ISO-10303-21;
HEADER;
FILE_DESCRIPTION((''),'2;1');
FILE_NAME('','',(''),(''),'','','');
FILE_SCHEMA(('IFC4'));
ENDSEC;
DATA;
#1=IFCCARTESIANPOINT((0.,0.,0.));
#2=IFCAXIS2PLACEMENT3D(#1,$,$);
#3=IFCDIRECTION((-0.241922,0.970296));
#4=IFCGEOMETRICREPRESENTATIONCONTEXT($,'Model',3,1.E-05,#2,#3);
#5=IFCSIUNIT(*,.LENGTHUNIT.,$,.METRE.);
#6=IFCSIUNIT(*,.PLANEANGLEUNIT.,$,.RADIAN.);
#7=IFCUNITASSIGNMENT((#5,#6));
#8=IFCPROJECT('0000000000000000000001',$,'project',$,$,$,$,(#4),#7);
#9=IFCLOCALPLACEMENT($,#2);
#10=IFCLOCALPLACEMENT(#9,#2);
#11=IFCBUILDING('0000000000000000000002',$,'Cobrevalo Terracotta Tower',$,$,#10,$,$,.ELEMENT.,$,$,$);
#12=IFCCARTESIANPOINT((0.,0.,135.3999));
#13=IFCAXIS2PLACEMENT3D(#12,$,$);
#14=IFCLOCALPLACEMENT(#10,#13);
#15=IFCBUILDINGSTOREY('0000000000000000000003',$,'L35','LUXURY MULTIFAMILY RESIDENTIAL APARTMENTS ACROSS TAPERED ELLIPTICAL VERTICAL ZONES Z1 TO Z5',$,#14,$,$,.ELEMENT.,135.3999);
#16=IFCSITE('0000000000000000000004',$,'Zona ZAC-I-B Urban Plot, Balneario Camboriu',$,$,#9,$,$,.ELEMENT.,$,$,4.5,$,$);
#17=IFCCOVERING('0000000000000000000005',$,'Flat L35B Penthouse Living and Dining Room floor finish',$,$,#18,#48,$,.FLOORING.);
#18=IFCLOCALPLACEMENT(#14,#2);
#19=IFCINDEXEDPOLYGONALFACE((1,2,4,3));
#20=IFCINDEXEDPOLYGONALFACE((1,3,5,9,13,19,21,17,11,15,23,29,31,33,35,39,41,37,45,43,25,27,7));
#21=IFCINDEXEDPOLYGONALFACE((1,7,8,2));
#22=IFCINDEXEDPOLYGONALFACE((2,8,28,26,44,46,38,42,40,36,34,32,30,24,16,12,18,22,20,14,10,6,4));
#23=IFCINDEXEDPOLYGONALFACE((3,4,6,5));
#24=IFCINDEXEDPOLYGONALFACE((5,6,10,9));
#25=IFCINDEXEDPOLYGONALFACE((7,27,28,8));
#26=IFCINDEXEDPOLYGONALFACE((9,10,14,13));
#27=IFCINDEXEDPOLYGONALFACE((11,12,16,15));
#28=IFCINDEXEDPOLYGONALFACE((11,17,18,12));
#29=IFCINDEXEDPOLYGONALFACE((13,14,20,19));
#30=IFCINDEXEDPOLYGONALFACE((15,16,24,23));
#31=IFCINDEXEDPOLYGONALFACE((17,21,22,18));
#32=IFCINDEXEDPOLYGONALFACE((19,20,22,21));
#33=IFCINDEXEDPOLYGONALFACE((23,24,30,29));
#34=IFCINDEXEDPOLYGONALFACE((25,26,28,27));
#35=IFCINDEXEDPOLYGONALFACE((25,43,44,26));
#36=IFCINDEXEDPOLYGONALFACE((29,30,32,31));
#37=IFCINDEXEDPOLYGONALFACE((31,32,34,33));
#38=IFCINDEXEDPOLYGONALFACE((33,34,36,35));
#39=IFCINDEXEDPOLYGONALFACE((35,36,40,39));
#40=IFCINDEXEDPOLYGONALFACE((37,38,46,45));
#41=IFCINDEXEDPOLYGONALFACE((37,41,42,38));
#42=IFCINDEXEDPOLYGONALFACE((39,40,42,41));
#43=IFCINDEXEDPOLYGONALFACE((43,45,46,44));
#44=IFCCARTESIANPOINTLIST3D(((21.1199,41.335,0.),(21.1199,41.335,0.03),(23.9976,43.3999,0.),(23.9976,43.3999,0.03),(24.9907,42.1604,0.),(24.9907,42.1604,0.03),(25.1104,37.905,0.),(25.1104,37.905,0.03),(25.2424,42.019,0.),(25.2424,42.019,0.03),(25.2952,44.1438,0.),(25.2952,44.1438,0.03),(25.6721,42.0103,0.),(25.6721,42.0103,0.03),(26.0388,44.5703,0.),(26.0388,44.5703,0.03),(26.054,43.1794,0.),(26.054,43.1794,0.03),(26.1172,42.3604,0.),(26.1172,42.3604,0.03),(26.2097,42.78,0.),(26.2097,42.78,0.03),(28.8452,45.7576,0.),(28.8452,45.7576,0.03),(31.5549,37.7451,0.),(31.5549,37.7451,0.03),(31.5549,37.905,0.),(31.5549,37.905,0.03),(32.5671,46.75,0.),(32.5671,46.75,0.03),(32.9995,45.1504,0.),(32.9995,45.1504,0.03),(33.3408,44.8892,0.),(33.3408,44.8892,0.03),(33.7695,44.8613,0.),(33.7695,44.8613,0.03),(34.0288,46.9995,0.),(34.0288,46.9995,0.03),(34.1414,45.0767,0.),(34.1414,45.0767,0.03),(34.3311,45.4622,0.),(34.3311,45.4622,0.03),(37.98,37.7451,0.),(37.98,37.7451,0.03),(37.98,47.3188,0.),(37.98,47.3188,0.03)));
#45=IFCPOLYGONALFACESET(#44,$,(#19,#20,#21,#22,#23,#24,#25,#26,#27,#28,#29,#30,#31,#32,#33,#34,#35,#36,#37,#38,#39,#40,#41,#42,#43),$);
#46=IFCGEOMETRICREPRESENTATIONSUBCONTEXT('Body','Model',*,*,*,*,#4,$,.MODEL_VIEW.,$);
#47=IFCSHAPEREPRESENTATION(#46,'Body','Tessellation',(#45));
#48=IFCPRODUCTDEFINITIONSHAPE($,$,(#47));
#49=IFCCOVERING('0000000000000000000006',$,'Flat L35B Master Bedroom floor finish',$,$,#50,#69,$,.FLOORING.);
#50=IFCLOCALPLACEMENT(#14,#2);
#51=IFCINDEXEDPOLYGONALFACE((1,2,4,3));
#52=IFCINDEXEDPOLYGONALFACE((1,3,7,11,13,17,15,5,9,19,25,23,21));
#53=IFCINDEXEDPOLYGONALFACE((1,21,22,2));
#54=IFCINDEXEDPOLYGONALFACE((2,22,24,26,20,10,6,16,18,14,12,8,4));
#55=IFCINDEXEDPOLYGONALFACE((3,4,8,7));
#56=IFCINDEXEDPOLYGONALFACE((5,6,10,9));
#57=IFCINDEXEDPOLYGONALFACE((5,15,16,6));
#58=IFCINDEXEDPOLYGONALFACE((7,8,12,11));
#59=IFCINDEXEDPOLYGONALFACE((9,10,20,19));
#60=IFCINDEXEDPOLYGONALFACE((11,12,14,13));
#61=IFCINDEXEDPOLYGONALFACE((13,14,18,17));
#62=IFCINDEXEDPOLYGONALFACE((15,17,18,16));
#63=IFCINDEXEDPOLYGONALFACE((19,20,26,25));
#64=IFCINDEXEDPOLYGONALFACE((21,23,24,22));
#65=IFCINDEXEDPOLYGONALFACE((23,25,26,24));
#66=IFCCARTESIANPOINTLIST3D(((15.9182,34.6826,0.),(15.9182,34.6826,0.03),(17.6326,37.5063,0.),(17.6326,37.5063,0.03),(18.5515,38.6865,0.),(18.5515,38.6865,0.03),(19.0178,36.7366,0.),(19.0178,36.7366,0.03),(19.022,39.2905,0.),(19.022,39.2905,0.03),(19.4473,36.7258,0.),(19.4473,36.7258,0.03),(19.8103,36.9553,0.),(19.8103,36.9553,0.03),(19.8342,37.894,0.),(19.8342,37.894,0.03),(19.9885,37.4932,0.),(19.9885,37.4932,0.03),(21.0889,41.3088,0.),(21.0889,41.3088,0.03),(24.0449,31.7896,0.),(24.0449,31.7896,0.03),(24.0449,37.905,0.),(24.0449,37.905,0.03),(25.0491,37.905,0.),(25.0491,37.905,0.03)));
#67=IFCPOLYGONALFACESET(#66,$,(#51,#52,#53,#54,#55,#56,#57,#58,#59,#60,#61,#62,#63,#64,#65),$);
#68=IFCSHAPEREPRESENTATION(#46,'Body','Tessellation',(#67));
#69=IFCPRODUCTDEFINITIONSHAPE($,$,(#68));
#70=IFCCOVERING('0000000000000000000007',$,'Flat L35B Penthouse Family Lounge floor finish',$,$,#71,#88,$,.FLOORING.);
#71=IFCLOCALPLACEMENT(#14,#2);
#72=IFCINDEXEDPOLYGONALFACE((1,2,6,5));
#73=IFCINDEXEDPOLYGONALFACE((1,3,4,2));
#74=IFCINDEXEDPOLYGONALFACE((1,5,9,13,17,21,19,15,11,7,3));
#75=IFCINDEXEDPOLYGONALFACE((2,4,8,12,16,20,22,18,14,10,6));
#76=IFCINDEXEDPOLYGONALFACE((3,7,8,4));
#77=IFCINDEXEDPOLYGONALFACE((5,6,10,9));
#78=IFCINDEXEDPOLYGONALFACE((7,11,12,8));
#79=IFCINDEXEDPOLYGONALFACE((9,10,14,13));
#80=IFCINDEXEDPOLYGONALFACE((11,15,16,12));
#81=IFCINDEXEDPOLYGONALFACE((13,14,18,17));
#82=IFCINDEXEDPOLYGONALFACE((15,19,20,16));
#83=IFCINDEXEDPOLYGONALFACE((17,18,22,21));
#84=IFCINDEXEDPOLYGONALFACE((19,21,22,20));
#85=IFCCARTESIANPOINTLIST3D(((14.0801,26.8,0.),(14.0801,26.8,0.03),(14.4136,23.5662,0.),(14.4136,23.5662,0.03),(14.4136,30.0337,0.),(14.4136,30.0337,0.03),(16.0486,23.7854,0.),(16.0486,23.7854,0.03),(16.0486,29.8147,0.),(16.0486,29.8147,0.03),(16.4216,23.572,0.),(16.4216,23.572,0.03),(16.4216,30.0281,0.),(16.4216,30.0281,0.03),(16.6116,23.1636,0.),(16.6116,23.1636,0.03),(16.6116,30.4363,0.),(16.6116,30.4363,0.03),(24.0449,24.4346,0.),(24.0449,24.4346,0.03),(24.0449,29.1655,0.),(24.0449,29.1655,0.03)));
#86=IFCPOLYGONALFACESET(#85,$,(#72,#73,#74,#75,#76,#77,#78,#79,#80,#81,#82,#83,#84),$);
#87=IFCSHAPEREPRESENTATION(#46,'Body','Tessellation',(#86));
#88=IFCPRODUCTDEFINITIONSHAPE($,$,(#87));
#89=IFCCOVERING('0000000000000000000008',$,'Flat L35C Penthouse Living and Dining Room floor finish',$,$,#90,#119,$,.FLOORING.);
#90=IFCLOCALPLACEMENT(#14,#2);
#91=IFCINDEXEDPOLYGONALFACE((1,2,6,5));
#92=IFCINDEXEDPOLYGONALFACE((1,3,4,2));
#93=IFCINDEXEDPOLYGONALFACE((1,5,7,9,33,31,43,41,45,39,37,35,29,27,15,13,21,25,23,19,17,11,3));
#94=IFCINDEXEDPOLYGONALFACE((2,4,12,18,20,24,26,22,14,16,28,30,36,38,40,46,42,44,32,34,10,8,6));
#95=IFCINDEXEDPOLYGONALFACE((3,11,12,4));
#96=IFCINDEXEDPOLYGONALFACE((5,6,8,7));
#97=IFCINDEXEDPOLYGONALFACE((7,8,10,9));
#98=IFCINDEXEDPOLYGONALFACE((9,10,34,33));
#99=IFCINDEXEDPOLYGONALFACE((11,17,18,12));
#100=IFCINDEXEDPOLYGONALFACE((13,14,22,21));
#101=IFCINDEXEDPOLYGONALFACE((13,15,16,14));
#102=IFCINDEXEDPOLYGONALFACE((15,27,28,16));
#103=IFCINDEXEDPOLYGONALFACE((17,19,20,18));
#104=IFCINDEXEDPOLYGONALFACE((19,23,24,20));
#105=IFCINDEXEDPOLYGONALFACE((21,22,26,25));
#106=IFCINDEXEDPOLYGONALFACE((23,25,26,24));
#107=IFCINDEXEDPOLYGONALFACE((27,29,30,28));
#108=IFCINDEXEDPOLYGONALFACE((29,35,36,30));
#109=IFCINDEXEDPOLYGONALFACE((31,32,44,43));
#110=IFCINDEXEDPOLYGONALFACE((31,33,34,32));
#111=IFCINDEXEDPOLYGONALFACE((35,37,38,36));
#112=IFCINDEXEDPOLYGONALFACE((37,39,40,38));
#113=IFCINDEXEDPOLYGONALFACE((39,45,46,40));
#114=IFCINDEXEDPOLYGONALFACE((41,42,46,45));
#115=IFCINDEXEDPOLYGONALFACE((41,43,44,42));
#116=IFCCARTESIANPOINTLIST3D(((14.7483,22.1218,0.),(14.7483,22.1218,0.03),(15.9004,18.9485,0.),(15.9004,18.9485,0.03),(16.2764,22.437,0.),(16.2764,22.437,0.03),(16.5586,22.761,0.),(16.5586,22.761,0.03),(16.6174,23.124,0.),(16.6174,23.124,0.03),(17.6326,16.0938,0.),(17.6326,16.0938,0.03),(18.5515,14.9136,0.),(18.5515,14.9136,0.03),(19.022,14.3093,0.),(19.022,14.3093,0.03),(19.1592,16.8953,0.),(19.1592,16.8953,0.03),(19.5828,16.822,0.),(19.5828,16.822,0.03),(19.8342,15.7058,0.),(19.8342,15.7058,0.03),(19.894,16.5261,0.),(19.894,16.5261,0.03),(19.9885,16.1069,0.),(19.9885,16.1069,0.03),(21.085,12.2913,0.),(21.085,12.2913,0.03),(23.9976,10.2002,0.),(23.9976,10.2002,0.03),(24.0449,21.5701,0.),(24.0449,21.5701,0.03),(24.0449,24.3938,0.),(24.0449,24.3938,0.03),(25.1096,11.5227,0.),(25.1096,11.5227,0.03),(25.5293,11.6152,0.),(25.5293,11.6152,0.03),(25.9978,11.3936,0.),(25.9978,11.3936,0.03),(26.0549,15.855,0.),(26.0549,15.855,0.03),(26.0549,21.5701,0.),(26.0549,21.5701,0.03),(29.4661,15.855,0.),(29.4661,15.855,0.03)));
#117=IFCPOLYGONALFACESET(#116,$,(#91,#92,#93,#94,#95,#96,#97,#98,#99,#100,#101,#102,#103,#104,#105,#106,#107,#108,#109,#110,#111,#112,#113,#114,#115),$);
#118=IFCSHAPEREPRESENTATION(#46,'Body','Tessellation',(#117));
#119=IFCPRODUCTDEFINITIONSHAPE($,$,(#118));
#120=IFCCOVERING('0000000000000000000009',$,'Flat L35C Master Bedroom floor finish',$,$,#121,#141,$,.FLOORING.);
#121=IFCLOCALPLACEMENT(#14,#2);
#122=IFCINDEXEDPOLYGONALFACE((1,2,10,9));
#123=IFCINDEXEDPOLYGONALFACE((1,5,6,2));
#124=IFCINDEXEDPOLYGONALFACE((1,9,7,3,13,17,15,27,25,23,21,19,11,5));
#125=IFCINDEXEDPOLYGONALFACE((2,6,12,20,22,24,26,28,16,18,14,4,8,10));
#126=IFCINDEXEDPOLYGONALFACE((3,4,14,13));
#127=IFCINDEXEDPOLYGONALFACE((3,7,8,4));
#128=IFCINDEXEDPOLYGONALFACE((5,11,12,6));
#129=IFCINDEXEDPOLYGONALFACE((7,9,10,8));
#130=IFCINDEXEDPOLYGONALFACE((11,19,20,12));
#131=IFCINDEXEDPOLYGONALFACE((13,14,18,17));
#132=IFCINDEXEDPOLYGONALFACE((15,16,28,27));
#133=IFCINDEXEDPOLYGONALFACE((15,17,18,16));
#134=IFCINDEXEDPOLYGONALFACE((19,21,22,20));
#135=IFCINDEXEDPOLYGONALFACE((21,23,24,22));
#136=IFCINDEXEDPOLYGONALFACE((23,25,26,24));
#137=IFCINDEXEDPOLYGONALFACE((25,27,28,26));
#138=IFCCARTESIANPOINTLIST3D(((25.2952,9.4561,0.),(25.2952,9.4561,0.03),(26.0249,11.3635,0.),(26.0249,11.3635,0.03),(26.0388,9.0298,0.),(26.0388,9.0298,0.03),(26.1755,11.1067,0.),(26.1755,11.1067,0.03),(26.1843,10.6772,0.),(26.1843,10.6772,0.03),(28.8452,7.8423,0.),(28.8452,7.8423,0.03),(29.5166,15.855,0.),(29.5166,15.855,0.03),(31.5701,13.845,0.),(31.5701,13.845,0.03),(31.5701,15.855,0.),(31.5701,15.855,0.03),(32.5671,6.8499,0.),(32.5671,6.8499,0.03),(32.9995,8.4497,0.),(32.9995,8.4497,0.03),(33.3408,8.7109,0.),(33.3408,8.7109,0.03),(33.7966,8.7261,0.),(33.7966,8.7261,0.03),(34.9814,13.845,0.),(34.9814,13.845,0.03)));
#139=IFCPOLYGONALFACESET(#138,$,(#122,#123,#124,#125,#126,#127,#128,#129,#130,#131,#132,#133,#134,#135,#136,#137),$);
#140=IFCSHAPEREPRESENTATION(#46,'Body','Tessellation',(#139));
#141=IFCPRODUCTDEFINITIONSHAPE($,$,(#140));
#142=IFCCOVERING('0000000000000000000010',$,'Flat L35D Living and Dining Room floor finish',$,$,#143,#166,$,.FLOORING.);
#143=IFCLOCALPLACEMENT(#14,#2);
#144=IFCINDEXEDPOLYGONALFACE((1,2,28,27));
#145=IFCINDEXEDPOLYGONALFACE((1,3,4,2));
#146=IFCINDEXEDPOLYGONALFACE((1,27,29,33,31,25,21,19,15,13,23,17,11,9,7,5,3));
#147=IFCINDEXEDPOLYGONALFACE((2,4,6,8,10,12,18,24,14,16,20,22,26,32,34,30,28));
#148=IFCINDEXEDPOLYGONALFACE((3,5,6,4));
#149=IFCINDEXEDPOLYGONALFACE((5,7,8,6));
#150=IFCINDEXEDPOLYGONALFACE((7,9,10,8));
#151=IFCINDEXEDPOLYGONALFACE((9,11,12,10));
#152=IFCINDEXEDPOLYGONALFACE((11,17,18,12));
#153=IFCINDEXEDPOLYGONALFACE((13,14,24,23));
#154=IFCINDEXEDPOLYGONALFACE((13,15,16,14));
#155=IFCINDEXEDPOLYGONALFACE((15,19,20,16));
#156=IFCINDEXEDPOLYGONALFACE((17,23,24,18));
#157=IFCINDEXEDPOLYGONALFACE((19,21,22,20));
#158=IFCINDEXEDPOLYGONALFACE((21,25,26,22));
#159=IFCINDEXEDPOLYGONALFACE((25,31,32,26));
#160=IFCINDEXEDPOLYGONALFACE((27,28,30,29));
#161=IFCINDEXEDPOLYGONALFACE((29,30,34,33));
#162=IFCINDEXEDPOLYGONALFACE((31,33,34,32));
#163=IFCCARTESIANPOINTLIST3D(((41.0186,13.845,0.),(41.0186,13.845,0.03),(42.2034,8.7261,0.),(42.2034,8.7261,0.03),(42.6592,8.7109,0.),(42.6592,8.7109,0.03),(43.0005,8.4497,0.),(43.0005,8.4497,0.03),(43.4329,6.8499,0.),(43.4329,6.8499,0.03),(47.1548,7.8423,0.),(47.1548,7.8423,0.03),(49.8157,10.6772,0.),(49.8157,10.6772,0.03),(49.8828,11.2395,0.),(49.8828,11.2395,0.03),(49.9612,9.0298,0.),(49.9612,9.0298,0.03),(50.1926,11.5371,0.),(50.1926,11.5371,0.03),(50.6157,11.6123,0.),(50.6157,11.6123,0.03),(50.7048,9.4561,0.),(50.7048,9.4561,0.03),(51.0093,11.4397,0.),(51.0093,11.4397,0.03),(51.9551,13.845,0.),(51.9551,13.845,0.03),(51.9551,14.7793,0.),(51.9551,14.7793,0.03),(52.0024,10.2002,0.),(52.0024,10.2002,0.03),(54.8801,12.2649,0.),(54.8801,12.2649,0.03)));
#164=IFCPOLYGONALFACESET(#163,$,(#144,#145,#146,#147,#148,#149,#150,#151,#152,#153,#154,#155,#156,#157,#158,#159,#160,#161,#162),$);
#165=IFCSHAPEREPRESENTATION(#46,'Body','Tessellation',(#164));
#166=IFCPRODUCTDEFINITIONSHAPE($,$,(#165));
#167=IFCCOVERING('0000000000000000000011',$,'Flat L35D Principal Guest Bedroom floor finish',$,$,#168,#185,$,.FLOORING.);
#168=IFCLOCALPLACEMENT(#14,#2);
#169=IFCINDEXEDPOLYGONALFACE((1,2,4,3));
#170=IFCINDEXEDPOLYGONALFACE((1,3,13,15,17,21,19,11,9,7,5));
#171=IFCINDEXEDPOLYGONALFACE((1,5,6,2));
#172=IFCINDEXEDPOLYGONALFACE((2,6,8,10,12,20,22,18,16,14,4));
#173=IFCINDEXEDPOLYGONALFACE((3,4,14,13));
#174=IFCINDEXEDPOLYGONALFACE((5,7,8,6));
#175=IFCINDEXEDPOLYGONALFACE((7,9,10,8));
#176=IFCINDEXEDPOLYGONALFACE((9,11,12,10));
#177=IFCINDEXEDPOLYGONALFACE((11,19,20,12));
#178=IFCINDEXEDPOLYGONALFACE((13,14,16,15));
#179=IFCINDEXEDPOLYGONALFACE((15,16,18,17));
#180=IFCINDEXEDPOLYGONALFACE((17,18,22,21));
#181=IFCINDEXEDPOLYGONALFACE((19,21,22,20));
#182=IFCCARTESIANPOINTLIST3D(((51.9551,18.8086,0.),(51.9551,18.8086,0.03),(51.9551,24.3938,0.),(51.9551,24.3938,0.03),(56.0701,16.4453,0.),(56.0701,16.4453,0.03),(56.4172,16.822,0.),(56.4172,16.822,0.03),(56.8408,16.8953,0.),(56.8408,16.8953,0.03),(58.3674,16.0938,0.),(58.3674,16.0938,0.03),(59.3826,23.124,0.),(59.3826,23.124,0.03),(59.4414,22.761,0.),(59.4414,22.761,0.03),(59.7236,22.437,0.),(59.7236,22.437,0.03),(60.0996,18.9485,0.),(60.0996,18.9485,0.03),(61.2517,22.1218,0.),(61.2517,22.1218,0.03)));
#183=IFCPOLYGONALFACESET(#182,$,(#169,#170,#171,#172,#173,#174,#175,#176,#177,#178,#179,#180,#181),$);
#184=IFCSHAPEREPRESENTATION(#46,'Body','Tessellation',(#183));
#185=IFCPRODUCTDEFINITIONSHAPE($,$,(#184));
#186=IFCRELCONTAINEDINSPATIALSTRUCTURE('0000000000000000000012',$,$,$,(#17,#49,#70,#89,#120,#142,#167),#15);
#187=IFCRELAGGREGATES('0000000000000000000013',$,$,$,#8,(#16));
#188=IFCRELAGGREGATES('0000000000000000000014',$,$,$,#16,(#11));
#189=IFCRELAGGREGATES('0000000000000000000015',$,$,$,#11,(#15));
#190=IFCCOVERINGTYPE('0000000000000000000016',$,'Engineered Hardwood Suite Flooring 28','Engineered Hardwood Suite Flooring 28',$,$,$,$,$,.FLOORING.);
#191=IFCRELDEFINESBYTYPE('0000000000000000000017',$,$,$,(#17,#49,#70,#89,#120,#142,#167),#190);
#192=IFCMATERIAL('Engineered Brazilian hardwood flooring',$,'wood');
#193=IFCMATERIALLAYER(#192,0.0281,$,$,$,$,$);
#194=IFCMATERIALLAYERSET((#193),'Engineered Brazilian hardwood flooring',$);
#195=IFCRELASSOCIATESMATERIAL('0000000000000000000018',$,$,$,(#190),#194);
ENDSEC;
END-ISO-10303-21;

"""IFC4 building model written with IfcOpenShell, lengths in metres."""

from ifc_helpers import new_model, si_unit, direction, frame, origin, place, context, subcontext, project, spatial, polyline, outline, extrude, material, layer, layer_set, type_object, element, save


model = new_model("IFC4")

# Units and contexts
model_context = context("Model", 3, precision=1e-05, world=origin(), true_north=direction((-0.241922, 0.970296)))
body_context = subcontext(model_context, "Body", "Model", "MODEL_VIEW")
ifc_project = project(units=[si_unit("LENGTHUNIT", "METRE"), si_unit("PLANEANGLEUNIT", "RADIAN")], contexts=[model_context])

# Site, building, storey
site_placement = place(None, origin())
site = spatial("IfcSite", under=ifc_project, at=site_placement, Name="Zona ZAC-I-B Urban Plot, Balneario Camboriu", CompositionType="ELEMENT", RefElevation=4.5)
building_placement = place(site_placement, origin())
building = spatial("IfcBuilding", under=site, at=building_placement, Name="Cobrevalo Terracotta Tower", CompositionType="ELEMENT")
storey_placement = place(building_placement, frame((0.0, 0.0, 135.3999)))
storey = spatial("IfcBuildingStorey", under=building, at=storey_placement, Name="L35", Description="LUXURY MULTIFAMILY RESIDENTIAL APARTMENTS ACROSS TAPERED ELLIPTICAL VERTICAL ZONES Z1 TO Z5", CompositionType="ELEMENT", Elevation=135.3999)

# Coverings
ifc_material_1 = material(Name="Engineered Brazilian hardwood flooring", Category="wood")
ifc_layer_1 = layer(ifc_material_1, 0.0281)
ifc_layer_set_1 = layer_set([ifc_layer_1], Name="Engineered Brazilian hardwood flooring")
covering_type_1 = type_object("IfcCoveringType", Name="Engineered Hardwood Suite Flooring 28", Description="Engineered Hardwood Suite Flooring 28", PredefinedType="FLOORING", material=ifc_layer_set_1)
covering_1_placement = place(storey_placement, origin())
element("IfcCovering", 1, at=covering_1_placement, inside=storey, type_object=covering_type_1, Name="Flat L35B Penthouse Living and Dining Room floor finish", PredefinedType="FLOORING", context=body_context, shape_type="SweptSolid", body=[
    extrude(outline(polyline([(23.9976, 43.3999), (24.9907, 42.1604), (25.2424, 42.019), (25.6721, 42.0103), (26.1172, 42.3604), (26.2097, 42.78), (26.054, 43.1794), (25.2952, 44.1438), (26.0388, 44.5703), (28.8452, 45.7576), (32.5671, 46.75), (32.9995, 45.1504), (33.3408, 44.8892), (33.7695, 44.8613), (34.1414, 45.0767), (34.3311, 45.4622), (34.0288, 46.9995), (37.98, 47.3188), (37.98, 37.7451), (31.5549, 37.7451), (31.5549, 37.905), (25.1104, 37.905), (21.1199, 41.335), (23.9976, 43.3999)])), origin(), (0.0, 0.0, 1.0), 0.03),
])
covering_2_placement = place(storey_placement, origin())
element("IfcCovering", 2, at=covering_2_placement, inside=storey, type_object=covering_type_1, Name="Flat L35B Master Bedroom floor finish", PredefinedType="FLOORING", context=body_context, shape_type="SweptSolid", body=[
    extrude(outline(polyline([(17.6326, 37.5063), (19.0178, 36.7366), (19.4473, 36.7258), (19.8103, 36.9553), (19.9885, 37.4932), (19.8342, 37.894), (18.5515, 38.6865), (19.022, 39.2905), (21.0889, 41.3088), (25.0491, 37.905), (24.0449, 37.905), (24.0449, 31.7896), (15.9182, 34.6826), (17.6326, 37.5063)])), origin(), (0.0, 0.0, 1.0), 0.03),
])
covering_3_placement = place(storey_placement, origin())
element("IfcCovering", 3, at=covering_3_placement, inside=storey, type_object=covering_type_1, Name="Flat L35B Penthouse Family Lounge floor finish", PredefinedType="FLOORING", context=body_context, shape_type="SweptSolid", body=[
    extrude(outline(polyline([(14.4136, 30.0337), (16.0486, 29.8147), (16.4216, 30.0281), (16.6116, 30.4363), (24.0449, 29.1655), (24.0449, 24.4346), (16.6116, 23.1636), (16.4216, 23.572), (16.0486, 23.7854), (14.4136, 23.5662), (14.0801, 26.8), (14.4136, 30.0337)])), origin(), (0.0, 0.0, 1.0), 0.03),
])
covering_4_placement = place(storey_placement, origin())
element("IfcCovering", 4, at=covering_4_placement, inside=storey, type_object=covering_type_1, Name="Flat L35C Penthouse Living and Dining Room floor finish", PredefinedType="FLOORING", context=body_context, shape_type="SweptSolid", body=[
    extrude(outline(polyline([(21.085, 12.2913), (19.022, 14.3093), (18.5515, 14.9136), (19.8342, 15.7058), (19.9885, 16.1069), (19.894, 16.5261), (19.5828, 16.822), (19.1592, 16.8953), (17.6326, 16.0938), (15.9004, 18.9485), (14.7483, 22.1218), (16.2764, 22.437), (16.5586, 22.761), (16.6174, 23.124), (24.0449, 24.3938), (24.0449, 21.5701), (26.0549, 21.5701), (26.0549, 15.855), (29.4661, 15.855), (25.9978, 11.3936), (25.5293, 11.6152), (25.1096, 11.5227), (23.9976, 10.2002), (21.085, 12.2913)])), origin(), (0.0, 0.0, 1.0), 0.03),
])
covering_5_placement = place(storey_placement, origin())
element("IfcCovering", 5, at=covering_5_placement, inside=storey, type_object=covering_type_1, Name="Flat L35C Master Bedroom floor finish", PredefinedType="FLOORING", context=body_context, shape_type="SweptSolid", body=[
    extrude(outline(polyline([(28.8452, 7.8423), (26.0388, 9.0298), (25.2952, 9.4561), (26.1843, 10.6772), (26.1755, 11.1067), (26.0249, 11.3635), (29.5166, 15.855), (31.5701, 15.855), (31.5701, 13.845), (34.9814, 13.845), (33.7966, 8.7261), (33.3408, 8.7109), (32.9995, 8.4497), (32.5671, 6.8499), (28.8452, 7.8423)])), origin(), (0.0, 0.0, 1.0), 0.03),
])
covering_6_placement = place(storey_placement, origin())
element("IfcCovering", 6, at=covering_6_placement, inside=storey, type_object=covering_type_1, Name="Flat L35D Living and Dining Room floor finish", PredefinedType="FLOORING", context=body_context, shape_type="SweptSolid", body=[
    extrude(outline(polyline([(52.0024, 10.2002), (51.0093, 11.4397), (50.6157, 11.6123), (50.1926, 11.5371), (49.8828, 11.2395), (49.8157, 10.6772), (50.7048, 9.4561), (49.9612, 9.0298), (47.1548, 7.8423), (43.4329, 6.8499), (43.0005, 8.4497), (42.6592, 8.7109), (42.2034, 8.7261), (41.0186, 13.845), (51.9551, 13.845), (51.9551, 14.7793), (54.8801, 12.2649), (52.0024, 10.2002)])), origin(), (0.0, 0.0, 1.0), 0.03),
])
covering_7_placement = place(storey_placement, origin())
element("IfcCovering", 7, at=covering_7_placement, inside=storey, type_object=covering_type_1, Name="Flat L35D Principal Guest Bedroom floor finish", PredefinedType="FLOORING", context=body_context, shape_type="SweptSolid", body=[
    extrude(outline(polyline([(58.3674, 16.0938), (56.8408, 16.8953), (56.4172, 16.822), (56.0701, 16.4453), (51.9551, 18.8086), (51.9551, 24.3938), (59.3826, 23.124), (59.4414, 22.761), (59.7236, 22.437), (61.2517, 22.1218), (60.0996, 18.9485), (58.3674, 16.0938)])), origin(), (0.0, 0.0, 1.0), 0.03),
])

save(model, "model.ifc")
